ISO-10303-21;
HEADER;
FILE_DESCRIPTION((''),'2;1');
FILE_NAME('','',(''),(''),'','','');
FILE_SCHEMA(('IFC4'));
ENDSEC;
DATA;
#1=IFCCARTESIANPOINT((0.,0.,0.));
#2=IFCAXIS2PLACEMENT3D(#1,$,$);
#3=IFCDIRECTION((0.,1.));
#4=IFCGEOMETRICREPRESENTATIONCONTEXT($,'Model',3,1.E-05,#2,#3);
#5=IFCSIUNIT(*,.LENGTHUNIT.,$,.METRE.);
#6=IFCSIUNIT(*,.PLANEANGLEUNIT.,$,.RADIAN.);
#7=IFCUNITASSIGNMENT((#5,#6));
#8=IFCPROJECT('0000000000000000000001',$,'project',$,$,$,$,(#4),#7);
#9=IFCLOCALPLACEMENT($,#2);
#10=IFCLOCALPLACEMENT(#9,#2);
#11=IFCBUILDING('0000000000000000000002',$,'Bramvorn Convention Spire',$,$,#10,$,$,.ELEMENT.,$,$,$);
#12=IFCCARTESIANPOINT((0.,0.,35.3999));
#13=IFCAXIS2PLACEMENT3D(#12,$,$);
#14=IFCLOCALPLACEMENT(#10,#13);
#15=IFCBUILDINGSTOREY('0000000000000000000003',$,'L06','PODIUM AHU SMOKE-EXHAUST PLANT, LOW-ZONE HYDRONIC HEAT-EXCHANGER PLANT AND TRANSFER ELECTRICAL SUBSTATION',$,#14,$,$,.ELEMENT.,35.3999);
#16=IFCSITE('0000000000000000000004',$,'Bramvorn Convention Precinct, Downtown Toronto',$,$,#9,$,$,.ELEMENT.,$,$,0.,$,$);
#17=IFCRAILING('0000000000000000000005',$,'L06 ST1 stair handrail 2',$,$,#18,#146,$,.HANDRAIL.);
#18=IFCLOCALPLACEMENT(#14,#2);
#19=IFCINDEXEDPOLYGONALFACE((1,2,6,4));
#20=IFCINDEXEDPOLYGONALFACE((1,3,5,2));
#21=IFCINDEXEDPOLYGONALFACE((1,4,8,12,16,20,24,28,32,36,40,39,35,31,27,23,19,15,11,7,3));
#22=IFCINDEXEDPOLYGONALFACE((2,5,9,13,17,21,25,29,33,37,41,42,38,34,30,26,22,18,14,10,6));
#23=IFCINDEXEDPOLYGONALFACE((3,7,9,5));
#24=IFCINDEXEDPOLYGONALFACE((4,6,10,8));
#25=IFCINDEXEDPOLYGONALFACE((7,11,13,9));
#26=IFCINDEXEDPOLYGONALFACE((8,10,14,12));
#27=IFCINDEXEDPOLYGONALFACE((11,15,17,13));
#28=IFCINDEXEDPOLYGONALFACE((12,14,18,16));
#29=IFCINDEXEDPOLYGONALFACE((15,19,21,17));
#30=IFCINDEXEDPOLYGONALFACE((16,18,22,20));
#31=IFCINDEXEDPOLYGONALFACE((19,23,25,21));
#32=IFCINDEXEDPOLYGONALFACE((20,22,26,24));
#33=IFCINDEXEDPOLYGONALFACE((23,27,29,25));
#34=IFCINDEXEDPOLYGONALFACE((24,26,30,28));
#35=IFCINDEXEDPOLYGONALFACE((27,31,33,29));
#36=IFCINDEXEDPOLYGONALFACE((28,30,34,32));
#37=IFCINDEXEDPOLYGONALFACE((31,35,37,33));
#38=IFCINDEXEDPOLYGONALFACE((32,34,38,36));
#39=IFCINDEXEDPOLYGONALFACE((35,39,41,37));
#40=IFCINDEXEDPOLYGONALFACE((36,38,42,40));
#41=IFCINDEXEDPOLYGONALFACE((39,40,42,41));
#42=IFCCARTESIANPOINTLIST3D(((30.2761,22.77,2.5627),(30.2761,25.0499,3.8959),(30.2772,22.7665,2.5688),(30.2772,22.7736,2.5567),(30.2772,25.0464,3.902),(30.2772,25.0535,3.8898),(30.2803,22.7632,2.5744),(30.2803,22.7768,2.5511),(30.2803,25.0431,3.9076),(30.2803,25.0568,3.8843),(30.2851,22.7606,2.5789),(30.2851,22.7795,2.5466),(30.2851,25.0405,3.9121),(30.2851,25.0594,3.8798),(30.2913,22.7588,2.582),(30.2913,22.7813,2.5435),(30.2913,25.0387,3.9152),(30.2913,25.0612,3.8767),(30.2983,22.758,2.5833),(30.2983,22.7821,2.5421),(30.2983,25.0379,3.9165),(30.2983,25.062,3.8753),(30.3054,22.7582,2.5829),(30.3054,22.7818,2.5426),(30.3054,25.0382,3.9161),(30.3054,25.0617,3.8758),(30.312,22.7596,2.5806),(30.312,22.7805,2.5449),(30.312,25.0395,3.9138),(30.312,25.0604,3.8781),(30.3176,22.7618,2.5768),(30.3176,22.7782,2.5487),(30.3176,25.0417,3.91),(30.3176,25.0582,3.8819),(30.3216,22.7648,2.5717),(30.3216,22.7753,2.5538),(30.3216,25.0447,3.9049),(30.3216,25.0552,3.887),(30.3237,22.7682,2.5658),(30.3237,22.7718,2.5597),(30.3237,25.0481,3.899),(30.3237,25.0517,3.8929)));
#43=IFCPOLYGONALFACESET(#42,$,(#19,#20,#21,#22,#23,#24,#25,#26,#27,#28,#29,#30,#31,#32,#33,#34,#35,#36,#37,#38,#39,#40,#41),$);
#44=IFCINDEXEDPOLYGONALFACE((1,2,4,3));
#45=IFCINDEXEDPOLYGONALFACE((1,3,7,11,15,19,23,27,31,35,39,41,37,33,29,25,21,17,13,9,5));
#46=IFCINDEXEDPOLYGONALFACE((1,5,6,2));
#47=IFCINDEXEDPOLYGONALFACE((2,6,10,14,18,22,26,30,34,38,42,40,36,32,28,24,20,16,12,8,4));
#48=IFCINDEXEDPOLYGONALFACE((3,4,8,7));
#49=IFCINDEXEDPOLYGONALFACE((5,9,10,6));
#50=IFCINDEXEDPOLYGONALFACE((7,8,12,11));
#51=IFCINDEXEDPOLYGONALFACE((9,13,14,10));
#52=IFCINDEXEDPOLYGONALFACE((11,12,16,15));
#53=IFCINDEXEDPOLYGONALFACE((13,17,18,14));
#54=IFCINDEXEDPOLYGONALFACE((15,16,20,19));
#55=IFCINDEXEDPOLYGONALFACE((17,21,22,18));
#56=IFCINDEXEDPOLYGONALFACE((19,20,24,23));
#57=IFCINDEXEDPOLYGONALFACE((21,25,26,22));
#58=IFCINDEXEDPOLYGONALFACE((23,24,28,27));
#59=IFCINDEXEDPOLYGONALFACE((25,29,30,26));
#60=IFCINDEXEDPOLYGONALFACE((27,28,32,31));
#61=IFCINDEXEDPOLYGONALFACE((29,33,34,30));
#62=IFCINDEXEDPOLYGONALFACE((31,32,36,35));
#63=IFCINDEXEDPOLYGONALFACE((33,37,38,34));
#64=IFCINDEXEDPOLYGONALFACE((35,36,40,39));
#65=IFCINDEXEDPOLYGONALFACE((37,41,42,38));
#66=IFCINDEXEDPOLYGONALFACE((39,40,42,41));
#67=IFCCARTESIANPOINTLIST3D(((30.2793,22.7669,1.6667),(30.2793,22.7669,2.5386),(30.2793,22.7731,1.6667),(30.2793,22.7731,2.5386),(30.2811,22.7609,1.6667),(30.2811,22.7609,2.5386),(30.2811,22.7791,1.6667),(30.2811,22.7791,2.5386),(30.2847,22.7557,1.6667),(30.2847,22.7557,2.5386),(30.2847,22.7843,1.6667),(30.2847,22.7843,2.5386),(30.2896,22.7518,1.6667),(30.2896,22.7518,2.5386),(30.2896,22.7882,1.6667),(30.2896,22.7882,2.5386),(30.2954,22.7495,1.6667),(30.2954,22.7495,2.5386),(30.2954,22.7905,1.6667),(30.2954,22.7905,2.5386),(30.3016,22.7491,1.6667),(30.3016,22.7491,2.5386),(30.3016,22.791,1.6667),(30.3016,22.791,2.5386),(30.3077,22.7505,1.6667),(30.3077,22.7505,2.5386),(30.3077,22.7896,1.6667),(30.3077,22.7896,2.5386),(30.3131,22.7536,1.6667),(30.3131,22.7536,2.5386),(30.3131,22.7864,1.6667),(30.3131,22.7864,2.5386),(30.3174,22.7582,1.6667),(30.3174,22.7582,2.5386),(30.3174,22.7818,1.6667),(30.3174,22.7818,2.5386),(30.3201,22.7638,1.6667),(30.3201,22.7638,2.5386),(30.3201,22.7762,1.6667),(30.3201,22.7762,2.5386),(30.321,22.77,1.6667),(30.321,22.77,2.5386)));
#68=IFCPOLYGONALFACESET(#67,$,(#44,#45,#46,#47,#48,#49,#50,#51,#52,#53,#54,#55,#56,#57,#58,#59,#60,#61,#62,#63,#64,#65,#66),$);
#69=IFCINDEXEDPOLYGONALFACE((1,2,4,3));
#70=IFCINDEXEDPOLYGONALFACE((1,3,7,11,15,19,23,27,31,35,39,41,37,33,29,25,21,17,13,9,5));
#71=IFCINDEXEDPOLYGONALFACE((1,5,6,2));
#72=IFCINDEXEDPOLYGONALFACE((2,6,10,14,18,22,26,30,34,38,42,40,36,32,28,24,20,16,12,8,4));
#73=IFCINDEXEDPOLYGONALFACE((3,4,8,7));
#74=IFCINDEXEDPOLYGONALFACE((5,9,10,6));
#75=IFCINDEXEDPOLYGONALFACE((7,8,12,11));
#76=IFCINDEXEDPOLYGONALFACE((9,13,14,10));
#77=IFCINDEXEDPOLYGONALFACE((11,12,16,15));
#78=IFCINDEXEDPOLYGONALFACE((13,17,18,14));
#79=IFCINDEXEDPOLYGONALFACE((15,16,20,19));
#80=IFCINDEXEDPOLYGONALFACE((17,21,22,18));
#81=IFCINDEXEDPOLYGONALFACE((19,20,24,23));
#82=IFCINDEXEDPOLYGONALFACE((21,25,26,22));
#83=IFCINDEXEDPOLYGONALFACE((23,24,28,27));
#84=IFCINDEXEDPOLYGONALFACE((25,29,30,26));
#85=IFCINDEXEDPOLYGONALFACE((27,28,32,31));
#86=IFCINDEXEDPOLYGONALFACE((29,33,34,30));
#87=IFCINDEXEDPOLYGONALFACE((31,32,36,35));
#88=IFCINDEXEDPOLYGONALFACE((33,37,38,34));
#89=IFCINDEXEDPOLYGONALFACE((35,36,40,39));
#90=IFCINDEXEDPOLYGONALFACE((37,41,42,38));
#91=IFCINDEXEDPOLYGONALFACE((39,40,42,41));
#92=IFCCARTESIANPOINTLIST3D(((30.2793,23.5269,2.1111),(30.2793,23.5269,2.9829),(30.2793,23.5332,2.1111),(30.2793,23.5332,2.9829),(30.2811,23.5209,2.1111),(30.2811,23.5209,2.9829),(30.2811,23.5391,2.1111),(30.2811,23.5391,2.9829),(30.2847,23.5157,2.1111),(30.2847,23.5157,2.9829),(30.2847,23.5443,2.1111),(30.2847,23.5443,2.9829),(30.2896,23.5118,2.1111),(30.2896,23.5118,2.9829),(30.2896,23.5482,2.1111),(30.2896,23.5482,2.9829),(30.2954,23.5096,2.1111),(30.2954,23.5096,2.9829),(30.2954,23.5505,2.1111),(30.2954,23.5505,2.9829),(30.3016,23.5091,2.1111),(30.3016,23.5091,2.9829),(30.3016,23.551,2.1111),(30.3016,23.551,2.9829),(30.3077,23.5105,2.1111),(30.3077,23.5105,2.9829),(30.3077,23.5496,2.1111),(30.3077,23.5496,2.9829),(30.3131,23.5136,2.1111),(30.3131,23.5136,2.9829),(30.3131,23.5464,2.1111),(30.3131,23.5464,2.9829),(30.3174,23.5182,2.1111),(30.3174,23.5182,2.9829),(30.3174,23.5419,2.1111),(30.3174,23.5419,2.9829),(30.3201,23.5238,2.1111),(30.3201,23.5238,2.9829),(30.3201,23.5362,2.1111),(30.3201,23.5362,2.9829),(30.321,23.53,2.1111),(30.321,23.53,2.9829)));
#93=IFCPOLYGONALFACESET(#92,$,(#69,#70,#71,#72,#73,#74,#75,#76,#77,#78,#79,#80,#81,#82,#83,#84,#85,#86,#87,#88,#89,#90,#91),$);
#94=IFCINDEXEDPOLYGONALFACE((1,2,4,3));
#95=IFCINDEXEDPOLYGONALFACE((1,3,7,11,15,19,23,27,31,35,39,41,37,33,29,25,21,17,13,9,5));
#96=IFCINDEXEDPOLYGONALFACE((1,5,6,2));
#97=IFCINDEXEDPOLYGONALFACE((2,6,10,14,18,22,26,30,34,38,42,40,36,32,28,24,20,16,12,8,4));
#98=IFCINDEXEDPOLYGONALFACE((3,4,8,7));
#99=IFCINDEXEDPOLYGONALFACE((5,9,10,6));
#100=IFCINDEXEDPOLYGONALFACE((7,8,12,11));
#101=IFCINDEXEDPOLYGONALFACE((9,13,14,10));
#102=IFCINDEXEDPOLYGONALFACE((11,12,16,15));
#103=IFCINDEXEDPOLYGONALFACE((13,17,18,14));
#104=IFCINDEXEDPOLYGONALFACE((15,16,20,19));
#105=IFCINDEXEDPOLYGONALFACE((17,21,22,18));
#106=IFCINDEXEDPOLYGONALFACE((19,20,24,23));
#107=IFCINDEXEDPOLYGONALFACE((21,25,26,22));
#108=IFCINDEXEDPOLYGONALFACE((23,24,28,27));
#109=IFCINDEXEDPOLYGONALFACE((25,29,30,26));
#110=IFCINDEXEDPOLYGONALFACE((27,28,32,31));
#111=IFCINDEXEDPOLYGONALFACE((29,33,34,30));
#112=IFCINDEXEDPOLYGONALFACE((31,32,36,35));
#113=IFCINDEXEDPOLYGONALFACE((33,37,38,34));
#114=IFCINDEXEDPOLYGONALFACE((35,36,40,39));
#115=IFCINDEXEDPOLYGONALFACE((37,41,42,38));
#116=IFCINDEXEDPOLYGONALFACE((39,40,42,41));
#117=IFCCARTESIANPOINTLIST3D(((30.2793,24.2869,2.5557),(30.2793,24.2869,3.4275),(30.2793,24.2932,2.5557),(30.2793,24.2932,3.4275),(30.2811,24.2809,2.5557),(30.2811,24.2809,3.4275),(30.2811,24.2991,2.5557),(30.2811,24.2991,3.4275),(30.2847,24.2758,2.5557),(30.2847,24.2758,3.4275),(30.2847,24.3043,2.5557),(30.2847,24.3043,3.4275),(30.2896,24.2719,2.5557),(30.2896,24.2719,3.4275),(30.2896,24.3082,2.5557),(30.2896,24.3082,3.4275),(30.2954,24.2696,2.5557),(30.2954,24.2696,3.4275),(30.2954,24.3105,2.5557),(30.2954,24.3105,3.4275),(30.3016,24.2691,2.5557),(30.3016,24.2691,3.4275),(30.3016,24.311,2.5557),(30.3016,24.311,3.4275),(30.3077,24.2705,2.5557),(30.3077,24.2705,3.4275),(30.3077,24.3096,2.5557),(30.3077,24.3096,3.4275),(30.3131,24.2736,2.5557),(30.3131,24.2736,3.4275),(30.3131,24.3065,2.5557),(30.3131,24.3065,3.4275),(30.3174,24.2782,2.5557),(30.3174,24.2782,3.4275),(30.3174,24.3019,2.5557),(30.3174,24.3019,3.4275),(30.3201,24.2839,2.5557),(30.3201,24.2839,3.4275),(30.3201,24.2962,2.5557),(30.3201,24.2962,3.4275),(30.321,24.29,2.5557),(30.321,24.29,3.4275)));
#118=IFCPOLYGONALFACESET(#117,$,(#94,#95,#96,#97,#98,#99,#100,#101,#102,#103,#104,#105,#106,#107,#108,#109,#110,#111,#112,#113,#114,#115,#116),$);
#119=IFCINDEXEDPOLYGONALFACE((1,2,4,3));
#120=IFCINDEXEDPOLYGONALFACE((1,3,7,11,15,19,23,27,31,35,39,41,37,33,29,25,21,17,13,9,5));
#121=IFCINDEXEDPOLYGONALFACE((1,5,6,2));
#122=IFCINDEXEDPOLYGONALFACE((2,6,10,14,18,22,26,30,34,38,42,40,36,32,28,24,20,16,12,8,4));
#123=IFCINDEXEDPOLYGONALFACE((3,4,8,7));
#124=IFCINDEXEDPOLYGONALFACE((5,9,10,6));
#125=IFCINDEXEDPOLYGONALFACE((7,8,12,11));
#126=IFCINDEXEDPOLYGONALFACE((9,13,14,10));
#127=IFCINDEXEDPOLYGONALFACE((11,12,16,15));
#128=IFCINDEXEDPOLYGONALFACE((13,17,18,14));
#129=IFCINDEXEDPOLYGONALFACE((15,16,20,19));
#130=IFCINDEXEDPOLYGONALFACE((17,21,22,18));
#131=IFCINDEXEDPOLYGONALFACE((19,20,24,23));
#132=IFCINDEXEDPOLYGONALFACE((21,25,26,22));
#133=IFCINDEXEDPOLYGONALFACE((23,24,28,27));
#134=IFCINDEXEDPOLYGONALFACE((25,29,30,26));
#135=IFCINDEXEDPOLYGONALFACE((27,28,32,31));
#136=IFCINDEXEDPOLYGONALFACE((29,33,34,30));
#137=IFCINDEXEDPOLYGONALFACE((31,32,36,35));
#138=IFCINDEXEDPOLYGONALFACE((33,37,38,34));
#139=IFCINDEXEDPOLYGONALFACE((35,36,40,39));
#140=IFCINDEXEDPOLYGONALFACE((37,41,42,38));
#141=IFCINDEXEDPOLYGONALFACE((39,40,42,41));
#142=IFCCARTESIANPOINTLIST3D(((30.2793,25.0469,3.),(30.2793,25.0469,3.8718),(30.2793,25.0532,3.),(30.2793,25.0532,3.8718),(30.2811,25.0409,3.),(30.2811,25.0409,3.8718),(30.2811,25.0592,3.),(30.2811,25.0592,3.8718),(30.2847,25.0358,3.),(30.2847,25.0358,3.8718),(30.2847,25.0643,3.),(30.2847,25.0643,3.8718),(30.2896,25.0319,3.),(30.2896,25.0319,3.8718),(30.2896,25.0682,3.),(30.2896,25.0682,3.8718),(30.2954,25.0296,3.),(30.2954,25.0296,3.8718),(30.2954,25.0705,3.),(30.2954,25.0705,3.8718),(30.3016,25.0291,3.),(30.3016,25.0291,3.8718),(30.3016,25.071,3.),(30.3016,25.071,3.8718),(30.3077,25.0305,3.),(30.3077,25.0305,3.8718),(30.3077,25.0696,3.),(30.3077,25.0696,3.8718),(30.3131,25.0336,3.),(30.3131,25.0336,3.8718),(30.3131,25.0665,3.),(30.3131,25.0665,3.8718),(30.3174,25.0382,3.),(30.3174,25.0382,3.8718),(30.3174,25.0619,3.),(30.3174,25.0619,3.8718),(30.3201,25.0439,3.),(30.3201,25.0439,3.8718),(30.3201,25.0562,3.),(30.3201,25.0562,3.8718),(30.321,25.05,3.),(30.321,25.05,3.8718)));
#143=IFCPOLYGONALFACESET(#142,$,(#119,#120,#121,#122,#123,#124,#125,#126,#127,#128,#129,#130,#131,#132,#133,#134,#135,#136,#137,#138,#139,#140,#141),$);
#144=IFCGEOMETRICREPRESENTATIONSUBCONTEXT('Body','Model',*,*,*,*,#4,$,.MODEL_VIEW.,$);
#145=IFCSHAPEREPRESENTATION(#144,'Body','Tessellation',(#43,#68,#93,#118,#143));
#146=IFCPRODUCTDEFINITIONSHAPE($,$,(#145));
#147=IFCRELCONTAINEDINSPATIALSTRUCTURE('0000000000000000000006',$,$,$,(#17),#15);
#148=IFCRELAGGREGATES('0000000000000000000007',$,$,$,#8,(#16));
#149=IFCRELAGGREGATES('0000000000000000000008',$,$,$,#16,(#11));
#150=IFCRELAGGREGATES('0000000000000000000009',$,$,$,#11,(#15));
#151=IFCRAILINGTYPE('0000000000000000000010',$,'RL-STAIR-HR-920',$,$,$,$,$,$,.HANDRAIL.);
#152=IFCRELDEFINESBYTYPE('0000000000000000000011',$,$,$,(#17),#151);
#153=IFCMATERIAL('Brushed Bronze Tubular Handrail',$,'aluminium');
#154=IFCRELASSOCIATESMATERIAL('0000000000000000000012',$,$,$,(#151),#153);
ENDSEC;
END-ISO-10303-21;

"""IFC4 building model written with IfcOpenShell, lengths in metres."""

from ifc_helpers import new_model, si_unit, direction, frame, origin, origin_2d, place, context, subcontext, project, spatial, circle, extrude, material, type_object, element, save


model = new_model("IFC4")

# Units and contexts
model_context = context("Model", 3, precision=1e-05, world=origin(), true_north=direction((0.0, 1.0)))
body_context = subcontext(model_context, "Body", "Model", "MODEL_VIEW")
ifc_project = project(units=[si_unit("LENGTHUNIT", "METRE"), si_unit("PLANEANGLEUNIT", "RADIAN")], contexts=[model_context])

# Site, building, storey
site_placement = place(None, origin())
site = spatial("IfcSite", under=ifc_project, at=site_placement, Name="Bramvorn Convention Precinct, Downtown Toronto", CompositionType="ELEMENT", RefElevation=0.0)
building_placement = place(site_placement, origin())
building = spatial("IfcBuilding", under=site, at=building_placement, Name="Bramvorn Convention Spire", CompositionType="ELEMENT")
storey_placement = place(building_placement, frame((0.0, 0.0, 35.3999)))
storey = spatial("IfcBuildingStorey", under=building, at=storey_placement, Name="L06", Description="PODIUM AHU SMOKE-EXHAUST PLANT, LOW-ZONE HYDRONIC HEAT-EXCHANGER PLANT AND TRANSFER ELECTRICAL SUBSTATION", CompositionType="ELEMENT", Elevation=35.3999)

# Railing
ifc_material_1 = material(Name="Brushed Bronze Tubular Handrail", Category="aluminium")
railing_type_1 = type_object("IfcRailingType", Name="RL-STAIR-HR-920", PredefinedType="HANDRAIL", material=ifc_material_1)
for number, where, name in (
    (1, (30.3, 22.77, 1.6667), "L06 ST1 stair handrail 2"),
):
    element("IfcRailing", number, at=place(storey_placement, frame(where)), inside=storey, type_object=railing_type_1, Name=name, PredefinedType="HANDRAIL", context=body_context, shape_type="SweptSolid", body=[
        extrude(circle(Radius=0.0239, at=origin_2d()), frame((0.0, 0.0, 0.896), z_axis=(0.0, 0.863245, 0.504785), x_axis=(-1.0, 0.0, 0.0)), (0.0, 0.0, 1.0), 2.6411),
        extrude(circle(Radius=0.021, at=origin_2d()), origin(), (0.0, 0.0, 1.0), 0.8718),
        extrude(circle(Radius=0.021, at=origin_2d()), frame((0.0, 0.76, 0.4443)), (0.0, 0.0, 1.0), 0.8718),
        extrude(circle(Radius=0.021, at=origin_2d()), frame((0.0, 1.52, 0.8889)), (0.0, 0.0, 1.0), 0.8718),
        extrude(circle(Radius=0.021, at=origin_2d()), frame((0.0, 2.28, 1.3333)), (0.0, 0.0, 1.0), 0.8718),
    ])

save(model, "model.ifc")
